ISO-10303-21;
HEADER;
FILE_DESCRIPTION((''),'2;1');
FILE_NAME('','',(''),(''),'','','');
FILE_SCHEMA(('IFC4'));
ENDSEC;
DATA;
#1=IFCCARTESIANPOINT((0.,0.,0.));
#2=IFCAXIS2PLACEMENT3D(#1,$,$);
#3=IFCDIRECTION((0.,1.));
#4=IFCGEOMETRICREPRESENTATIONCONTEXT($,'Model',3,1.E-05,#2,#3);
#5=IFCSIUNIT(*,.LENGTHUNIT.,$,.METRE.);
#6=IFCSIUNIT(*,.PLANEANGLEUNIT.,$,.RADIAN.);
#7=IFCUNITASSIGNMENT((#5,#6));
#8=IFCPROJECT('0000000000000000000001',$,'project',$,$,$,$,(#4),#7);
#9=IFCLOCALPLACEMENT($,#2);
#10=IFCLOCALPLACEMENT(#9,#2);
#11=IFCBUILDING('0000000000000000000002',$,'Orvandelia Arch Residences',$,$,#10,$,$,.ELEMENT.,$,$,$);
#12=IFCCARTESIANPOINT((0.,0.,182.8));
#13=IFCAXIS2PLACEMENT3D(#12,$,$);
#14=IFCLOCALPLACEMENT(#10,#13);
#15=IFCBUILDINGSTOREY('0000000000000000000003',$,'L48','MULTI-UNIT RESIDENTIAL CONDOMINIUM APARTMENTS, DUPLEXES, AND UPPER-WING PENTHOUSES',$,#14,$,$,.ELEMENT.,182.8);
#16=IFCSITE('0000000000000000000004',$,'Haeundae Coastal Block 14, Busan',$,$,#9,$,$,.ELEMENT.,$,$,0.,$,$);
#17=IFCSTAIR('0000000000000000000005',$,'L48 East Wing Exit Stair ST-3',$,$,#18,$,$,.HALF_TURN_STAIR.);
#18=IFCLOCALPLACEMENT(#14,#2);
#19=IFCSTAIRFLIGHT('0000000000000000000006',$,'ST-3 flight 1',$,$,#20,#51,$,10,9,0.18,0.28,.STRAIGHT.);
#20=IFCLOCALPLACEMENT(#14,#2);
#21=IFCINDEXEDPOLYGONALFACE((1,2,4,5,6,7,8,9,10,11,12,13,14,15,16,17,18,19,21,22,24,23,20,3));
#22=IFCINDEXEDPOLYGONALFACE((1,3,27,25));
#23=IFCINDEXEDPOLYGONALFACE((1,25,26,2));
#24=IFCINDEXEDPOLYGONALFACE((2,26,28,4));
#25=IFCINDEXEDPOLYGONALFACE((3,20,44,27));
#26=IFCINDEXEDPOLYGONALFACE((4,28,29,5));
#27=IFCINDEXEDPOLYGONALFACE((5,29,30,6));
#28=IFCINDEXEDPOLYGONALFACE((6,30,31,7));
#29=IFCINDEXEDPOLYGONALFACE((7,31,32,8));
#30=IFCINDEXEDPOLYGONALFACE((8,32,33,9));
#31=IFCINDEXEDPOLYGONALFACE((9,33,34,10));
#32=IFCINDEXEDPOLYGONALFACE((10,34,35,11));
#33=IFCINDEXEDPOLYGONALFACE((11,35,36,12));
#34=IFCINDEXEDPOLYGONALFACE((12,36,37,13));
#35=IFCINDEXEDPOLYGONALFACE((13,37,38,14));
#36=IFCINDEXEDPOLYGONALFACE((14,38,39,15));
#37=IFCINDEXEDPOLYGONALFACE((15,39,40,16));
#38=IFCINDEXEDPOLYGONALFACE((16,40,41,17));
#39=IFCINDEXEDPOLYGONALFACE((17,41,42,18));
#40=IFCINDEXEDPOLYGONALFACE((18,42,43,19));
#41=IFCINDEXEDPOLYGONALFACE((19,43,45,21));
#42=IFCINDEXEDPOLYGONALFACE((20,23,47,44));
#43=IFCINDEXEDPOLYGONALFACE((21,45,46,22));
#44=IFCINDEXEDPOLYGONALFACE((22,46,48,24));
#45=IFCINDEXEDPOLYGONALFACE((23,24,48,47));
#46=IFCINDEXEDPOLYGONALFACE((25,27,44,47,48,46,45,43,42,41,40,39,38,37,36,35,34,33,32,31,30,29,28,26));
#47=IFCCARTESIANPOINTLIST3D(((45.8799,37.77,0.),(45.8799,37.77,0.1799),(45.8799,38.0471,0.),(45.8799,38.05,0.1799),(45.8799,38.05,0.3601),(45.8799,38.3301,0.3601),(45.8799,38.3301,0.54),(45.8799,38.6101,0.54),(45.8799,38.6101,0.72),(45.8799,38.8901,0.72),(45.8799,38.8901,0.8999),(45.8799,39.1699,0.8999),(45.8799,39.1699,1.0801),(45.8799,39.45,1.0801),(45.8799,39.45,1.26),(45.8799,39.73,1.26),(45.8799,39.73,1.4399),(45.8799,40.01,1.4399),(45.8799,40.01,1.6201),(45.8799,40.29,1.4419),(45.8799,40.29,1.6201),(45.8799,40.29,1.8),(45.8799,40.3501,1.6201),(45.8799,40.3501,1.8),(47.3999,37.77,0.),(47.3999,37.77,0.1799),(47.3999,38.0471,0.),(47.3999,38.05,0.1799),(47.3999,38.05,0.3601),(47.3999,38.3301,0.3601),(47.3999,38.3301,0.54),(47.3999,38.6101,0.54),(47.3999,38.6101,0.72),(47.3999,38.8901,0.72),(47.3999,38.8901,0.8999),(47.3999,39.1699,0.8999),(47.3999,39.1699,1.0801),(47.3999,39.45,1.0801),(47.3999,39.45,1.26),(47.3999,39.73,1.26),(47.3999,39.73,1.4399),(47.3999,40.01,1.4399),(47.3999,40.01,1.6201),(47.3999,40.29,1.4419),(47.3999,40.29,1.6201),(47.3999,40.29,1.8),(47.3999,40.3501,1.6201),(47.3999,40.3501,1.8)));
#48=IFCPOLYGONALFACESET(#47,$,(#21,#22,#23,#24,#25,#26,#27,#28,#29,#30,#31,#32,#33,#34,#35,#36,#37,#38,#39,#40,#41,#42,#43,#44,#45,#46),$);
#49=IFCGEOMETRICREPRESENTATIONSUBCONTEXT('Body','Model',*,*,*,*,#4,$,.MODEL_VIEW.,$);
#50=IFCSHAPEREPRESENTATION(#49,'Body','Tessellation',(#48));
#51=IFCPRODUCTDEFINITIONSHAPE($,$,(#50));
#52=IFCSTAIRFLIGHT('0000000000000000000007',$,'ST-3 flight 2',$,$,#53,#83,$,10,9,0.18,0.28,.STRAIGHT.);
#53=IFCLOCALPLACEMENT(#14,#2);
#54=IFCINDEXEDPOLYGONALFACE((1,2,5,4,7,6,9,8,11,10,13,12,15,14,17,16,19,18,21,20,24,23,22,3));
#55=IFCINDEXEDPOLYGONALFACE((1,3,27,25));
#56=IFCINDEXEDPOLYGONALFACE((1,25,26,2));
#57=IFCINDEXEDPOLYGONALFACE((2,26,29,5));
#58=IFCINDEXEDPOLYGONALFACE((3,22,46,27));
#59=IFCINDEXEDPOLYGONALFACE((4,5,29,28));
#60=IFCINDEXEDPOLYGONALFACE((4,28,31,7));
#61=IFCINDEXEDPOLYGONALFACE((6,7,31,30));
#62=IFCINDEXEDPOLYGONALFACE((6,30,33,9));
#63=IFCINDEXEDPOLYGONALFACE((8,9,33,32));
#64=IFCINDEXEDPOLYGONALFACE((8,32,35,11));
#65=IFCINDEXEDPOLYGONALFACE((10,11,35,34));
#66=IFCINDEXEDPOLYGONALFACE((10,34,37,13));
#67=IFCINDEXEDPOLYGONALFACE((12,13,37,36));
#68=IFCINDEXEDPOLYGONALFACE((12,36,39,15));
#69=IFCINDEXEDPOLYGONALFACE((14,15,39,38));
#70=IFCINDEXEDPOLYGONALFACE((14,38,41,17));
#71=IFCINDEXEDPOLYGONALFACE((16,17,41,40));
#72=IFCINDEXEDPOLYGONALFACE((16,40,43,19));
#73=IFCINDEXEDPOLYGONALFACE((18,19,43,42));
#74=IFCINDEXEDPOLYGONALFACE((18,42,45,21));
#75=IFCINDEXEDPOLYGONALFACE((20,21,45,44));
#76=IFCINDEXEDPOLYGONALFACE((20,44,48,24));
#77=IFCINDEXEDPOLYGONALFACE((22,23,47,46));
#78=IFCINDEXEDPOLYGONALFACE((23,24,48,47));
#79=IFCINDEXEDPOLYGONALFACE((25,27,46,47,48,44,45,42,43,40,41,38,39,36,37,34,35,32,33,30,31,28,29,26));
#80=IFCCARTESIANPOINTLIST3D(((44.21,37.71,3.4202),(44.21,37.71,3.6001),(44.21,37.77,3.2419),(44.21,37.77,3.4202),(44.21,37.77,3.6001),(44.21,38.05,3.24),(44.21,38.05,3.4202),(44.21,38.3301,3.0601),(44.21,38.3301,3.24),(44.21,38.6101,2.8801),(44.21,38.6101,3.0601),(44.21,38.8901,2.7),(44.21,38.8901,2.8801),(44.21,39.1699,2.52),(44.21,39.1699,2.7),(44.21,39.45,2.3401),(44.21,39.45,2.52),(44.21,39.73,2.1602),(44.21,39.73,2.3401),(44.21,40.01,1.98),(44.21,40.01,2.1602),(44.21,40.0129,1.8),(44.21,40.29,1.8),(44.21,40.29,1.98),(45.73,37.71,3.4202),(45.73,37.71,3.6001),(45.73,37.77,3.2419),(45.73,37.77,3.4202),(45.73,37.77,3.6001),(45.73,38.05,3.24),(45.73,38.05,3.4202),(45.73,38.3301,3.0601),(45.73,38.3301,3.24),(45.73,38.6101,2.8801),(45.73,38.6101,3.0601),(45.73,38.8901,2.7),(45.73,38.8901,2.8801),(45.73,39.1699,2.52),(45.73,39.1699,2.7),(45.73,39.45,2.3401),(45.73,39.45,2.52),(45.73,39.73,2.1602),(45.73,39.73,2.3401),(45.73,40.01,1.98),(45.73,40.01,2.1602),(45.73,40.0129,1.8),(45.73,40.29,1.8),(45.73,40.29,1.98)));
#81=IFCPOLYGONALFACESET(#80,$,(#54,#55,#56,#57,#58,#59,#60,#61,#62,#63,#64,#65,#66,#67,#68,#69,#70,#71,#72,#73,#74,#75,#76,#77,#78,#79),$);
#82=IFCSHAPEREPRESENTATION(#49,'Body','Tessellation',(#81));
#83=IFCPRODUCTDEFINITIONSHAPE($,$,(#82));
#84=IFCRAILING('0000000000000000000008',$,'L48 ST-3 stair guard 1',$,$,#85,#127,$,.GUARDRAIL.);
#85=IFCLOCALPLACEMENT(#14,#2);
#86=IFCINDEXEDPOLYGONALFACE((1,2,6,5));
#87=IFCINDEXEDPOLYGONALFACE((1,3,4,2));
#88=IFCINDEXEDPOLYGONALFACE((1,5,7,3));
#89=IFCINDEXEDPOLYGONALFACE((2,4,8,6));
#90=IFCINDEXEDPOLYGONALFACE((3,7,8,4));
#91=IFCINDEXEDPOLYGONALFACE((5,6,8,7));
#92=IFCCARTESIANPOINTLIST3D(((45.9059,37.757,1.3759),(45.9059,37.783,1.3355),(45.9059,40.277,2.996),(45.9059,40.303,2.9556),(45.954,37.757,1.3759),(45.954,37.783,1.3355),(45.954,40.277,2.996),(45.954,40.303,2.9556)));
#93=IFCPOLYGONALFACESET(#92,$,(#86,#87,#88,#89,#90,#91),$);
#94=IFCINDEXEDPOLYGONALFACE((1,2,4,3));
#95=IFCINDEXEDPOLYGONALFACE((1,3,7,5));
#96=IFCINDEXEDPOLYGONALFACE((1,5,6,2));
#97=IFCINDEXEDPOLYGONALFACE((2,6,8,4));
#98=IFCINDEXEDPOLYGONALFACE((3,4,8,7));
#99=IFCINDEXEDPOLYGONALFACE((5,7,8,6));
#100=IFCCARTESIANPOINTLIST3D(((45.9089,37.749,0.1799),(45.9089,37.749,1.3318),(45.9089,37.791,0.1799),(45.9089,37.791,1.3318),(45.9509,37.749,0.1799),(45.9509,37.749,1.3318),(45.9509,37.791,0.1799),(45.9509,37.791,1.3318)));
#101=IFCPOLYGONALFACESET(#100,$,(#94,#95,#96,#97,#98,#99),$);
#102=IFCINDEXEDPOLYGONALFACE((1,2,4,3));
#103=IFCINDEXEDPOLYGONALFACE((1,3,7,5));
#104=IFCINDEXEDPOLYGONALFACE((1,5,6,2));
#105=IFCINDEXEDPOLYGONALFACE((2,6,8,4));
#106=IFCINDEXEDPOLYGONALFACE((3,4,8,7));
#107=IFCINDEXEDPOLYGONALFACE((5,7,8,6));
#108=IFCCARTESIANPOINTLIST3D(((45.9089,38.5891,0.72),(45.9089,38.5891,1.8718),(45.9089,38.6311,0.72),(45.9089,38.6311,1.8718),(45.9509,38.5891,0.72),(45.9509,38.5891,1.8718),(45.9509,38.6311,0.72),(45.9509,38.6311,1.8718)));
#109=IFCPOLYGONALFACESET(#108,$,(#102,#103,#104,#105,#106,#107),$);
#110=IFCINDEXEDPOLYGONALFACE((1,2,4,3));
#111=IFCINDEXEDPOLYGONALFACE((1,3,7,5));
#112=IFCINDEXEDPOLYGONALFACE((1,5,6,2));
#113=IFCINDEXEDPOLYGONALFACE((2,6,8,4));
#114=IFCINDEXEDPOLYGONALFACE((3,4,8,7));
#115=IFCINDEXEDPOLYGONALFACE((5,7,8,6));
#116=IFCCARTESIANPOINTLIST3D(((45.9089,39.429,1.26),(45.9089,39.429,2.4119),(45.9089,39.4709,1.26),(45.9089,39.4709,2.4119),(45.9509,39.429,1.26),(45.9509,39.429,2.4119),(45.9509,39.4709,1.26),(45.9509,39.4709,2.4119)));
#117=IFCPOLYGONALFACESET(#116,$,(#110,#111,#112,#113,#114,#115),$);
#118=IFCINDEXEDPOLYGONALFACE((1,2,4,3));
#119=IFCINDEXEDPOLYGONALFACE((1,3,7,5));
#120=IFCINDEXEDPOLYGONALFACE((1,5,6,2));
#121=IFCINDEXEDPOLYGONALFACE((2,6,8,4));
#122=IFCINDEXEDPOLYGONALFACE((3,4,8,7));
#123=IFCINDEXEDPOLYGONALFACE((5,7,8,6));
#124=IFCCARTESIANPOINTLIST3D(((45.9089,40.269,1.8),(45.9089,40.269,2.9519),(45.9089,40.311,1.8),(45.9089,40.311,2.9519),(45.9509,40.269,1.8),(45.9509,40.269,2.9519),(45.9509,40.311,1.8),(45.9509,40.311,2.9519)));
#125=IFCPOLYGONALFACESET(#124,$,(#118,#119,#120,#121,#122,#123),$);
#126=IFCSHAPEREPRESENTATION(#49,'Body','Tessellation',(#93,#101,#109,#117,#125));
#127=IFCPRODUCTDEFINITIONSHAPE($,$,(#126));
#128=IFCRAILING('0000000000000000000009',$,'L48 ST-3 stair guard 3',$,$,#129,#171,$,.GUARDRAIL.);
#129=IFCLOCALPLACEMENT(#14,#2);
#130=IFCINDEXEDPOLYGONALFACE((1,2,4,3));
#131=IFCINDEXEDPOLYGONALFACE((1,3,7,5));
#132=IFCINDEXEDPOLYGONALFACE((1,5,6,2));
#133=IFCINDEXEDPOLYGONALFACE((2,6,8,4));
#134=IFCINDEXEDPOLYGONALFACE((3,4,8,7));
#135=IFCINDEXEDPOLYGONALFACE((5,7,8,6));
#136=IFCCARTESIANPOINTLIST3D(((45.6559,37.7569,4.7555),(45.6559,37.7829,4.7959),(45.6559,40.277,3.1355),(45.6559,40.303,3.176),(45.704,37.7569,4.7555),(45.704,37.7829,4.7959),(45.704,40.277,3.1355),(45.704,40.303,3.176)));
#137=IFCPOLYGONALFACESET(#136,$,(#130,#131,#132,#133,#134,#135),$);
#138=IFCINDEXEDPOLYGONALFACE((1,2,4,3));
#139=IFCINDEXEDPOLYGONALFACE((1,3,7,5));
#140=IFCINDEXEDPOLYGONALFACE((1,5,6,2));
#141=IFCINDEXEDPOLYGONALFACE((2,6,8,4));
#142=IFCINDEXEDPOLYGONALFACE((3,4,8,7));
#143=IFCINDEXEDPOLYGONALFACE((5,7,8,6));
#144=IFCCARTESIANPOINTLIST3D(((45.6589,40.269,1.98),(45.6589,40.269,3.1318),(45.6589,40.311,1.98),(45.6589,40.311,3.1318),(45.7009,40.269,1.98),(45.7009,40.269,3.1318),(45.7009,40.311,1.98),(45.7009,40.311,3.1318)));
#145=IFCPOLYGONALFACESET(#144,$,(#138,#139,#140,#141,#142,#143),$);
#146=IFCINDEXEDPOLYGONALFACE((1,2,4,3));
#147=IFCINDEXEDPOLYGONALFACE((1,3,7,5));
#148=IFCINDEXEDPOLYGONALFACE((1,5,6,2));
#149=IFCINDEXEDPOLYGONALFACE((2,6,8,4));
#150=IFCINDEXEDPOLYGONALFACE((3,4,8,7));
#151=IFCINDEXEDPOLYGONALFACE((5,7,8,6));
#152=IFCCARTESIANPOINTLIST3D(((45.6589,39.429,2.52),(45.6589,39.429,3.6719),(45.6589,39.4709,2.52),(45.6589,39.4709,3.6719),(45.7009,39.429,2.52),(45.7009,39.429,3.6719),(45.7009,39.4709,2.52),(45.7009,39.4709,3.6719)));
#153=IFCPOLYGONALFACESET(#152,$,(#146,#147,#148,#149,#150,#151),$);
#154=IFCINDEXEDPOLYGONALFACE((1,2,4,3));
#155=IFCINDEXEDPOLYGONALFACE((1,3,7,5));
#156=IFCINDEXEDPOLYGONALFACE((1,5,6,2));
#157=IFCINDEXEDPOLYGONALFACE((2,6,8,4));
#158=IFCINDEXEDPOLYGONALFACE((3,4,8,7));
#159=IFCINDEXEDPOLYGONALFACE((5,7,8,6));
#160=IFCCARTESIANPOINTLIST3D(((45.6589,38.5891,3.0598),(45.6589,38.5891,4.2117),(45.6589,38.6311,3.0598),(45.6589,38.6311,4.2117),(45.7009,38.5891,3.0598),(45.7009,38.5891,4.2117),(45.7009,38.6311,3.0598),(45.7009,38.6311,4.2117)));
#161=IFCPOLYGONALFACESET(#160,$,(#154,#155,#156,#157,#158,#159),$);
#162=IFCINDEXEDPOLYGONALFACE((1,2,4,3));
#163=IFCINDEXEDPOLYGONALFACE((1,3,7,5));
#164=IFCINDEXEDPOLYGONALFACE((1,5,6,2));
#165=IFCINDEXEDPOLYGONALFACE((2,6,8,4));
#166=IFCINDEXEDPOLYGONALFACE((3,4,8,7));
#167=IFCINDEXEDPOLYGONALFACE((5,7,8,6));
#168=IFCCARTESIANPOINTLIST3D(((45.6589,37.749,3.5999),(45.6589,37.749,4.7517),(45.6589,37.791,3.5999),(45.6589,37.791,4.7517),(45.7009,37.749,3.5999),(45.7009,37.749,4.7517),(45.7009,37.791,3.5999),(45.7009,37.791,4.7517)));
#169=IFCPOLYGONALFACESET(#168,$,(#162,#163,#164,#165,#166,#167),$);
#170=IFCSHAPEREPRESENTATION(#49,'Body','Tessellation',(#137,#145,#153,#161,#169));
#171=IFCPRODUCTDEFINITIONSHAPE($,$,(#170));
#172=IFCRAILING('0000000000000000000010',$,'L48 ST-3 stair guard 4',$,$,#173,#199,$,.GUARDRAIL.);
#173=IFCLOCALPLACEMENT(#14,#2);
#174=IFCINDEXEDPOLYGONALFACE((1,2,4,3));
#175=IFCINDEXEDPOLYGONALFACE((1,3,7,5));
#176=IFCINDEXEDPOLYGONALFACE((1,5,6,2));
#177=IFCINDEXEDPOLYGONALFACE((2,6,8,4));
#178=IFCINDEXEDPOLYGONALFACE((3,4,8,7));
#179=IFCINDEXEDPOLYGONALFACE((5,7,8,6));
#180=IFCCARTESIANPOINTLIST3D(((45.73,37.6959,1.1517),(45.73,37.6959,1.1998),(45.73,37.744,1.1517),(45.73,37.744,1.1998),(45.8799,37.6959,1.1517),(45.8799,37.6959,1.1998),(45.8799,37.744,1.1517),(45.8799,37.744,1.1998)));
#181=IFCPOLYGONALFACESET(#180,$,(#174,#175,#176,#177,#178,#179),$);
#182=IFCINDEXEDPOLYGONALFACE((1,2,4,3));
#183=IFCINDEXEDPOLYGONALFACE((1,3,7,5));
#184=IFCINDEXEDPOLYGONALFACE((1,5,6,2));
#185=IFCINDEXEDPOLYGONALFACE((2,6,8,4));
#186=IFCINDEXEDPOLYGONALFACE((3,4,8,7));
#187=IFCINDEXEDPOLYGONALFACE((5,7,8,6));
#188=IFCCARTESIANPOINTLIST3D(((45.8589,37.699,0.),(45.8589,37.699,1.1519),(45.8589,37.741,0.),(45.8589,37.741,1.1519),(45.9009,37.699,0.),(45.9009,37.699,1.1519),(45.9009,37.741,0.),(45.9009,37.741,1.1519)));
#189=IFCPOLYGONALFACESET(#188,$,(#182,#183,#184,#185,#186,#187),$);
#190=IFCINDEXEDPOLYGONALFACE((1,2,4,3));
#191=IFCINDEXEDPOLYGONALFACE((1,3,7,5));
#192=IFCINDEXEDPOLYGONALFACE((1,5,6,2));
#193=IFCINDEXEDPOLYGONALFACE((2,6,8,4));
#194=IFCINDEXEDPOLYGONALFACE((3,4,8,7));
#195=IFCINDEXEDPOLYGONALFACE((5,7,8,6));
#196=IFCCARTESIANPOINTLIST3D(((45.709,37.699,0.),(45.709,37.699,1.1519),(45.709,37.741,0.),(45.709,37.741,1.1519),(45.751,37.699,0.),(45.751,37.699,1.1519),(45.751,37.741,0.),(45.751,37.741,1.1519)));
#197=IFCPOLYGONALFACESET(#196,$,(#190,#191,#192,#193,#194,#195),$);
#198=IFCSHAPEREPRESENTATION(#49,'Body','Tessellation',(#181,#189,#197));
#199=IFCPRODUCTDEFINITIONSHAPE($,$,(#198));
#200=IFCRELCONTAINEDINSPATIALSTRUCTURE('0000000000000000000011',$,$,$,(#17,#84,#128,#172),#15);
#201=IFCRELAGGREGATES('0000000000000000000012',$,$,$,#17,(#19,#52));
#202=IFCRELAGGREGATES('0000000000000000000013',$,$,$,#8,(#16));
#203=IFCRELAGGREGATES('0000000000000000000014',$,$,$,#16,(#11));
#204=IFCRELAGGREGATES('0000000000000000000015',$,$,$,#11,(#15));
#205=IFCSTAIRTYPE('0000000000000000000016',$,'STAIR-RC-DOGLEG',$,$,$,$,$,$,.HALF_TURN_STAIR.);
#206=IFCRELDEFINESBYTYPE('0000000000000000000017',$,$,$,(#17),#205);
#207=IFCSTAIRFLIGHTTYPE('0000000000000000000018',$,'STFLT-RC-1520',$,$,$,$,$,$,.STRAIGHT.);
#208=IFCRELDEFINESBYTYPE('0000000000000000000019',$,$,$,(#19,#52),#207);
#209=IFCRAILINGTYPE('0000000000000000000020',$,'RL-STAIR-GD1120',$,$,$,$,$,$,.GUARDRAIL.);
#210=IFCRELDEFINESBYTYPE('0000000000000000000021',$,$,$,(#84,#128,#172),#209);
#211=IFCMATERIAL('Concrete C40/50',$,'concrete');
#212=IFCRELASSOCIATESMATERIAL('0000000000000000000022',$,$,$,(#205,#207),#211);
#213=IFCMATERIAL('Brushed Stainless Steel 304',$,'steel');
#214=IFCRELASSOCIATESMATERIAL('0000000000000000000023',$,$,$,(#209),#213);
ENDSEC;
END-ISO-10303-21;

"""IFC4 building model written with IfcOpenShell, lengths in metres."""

from ifc_helpers import new_model, si_unit, direction, frame, origin, origin_2d, place, context, subcontext, project, spatial, polyline, rectangle, outline, extrude, material, type_object, element, aggregate, save


model = new_model("IFC4")

# Units and contexts
model_context = context("Model", 3, precision=1e-05, world=origin(), true_north=direction((0.0, 1.0)))
body_context = subcontext(model_context, "Body", "Model", "MODEL_VIEW")
ifc_project = project(units=[si_unit("LENGTHUNIT", "METRE"), si_unit("PLANEANGLEUNIT", "RADIAN")], contexts=[model_context])

# Site, building, storey
site_placement = place(None, origin())
site = spatial("IfcSite", under=ifc_project, at=site_placement, Name="Haeundae Coastal Block 14, Busan", CompositionType="ELEMENT", RefElevation=0.0)
building_placement = place(site_placement, origin())
building = spatial("IfcBuilding", under=site, at=building_placement, Name="Orvandelia Arch Residences", CompositionType="ELEMENT")
storey_placement = place(building_placement, frame((0.0, 0.0, 182.8)))
storey = spatial("IfcBuildingStorey", under=building, at=storey_placement, Name="L48", Description="MULTI-UNIT RESIDENTIAL CONDOMINIUM APARTMENTS, DUPLEXES, AND UPPER-WING PENTHOUSES", CompositionType="ELEMENT", Elevation=182.8)

# Stair, stair flights
ifc_material_1 = material(Name="Concrete C40/50", Category="concrete")
stair_type = type_object("IfcStairType", Name="STAIR-RC-DOGLEG", PredefinedType="HALF_TURN_STAIR", material=ifc_material_1)
stair_placement = place(storey_placement, origin())
stair = element("IfcStair", 1, at=stair_placement, inside=storey, type_object=stair_type, Name="L48 East Wing Exit Stair ST-3", PredefinedType="HALF_TURN_STAIR")
stair_flight_type = type_object("IfcStairFlightType", Name="STFLT-RC-1520", PredefinedType="STRAIGHT", material=ifc_material_1)
stair_flight_1_placement = place(storey_placement, frame((46.6399, 37.77, 0.0), z_axis=(0.0, 0.0, 1.0), x_axis=(0.0, 1.0, 0.0)))
stair_flight_1 = element("IfcStairFlight", 2, at=stair_flight_1_placement, type_object=stair_flight_type, Name="ST-3 flight 1", NumberOfRisers=10, NumberOfTreads=9, PredefinedType="STRAIGHT", RiserHeight=0.18, TreadLength=0.28, context=body_context, shape_type="SweptSolid", body=[
    extrude(outline(polyline([(0.0, 0.0), (0.0, 0.1799), (0.28, 0.1799), (0.28, 0.3601), (0.5601, 0.3601), (0.5601, 0.54), (0.8401, 0.54), (0.8401, 0.72), (1.1201, 0.72), (1.1201, 0.8999), (1.3999, 0.8999), (1.3999, 1.0801), (1.6799, 1.0801), (1.6799, 1.26), (1.96, 1.26), (1.96, 1.4399), (2.24, 1.4399), (2.24, 1.6201), (2.52, 1.6201), (2.52, 1.8), (2.5801, 1.8), (2.5801, 1.6201), (2.52, 1.4419), (0.2771, 0.0), (0.0, 0.0)])), frame((0.0, 0.76, 0.0), z_axis=(0.0, -1.0, 0.0), x_axis=(1.0, 0.0, 0.0)), (0.0, 0.0, 1.0), 1.52),
])
stair_flight_2_placement = place(storey_placement, frame((44.97, 40.29, 1.8), z_axis=(0.0, 0.0, 1.0), x_axis=(0.0, -1.0, 0.0)))
stair_flight_2 = element("IfcStairFlight", 3, at=stair_flight_2_placement, type_object=stair_flight_type, Name="ST-3 flight 2", NumberOfRisers=10, NumberOfTreads=9, PredefinedType="STRAIGHT", RiserHeight=0.18, TreadLength=0.28, context=body_context, shape_type="SweptSolid", body=[
    extrude(outline(polyline([(0.0, 0.0), (0.0, 0.1799), (0.28, 0.1799), (0.28, 0.3601), (0.5601, 0.3601), (0.5601, 0.54), (0.8401, 0.54), (0.8401, 0.72), (1.1201, 0.72), (1.1201, 0.8999), (1.3999, 0.8999), (1.3999, 1.0801), (1.6799, 1.0801), (1.6799, 1.26), (1.96, 1.26), (1.96, 1.4399), (2.24, 1.4399), (2.24, 1.6201), (2.52, 1.6201), (2.52, 1.8), (2.5801, 1.8), (2.5801, 1.6201), (2.52, 1.4419), (0.2771, 0.0), (0.0, 0.0)])), frame((0.0, 0.76, 0.0), z_axis=(0.0, -1.0, 0.0), x_axis=(1.0, 0.0, 0.0)), (0.0, 0.0, 1.0), 1.52),
])
aggregate(stair, [stair_flight_1, stair_flight_2])

# Railings
ifc_material_2 = material(Name="Brushed Stainless Steel 304", Category="steel")
railing_type_1 = type_object("IfcRailingType", Name="RL-STAIR-GD1120", PredefinedType="GUARDRAIL", material=ifc_material_2)
railing_1_placement = place(storey_placement, frame((45.9299, 37.77, 0.1799)))
element("IfcRailing", 4, at=railing_1_placement, inside=storey, type_object=railing_type_1, Name="L48 ST-3 stair guard 1", PredefinedType="GUARDRAIL", context=body_context, shape_type="SweptSolid", body=[
    extrude(rectangle(XDim=0.0481, YDim=0.0481, at=origin_2d()), frame((0.0, 0.0, 1.1758), z_axis=(0.0, 0.841163, 0.540782), x_axis=(-1.0, 0.0, 0.0)), (0.0, 0.0, 1.0), 2.9958),
    extrude(rectangle(XDim=0.042, YDim=0.042, at=origin_2d()), origin(), (0.0, 0.0, 1.0), 1.1519),
    extrude(rectangle(XDim=0.042, YDim=0.042, at=origin_2d()), frame((0.0, 0.8401, 0.54)), (0.0, 0.0, 1.0), 1.1519),
    extrude(rectangle(XDim=0.042, YDim=0.042, at=origin_2d()), frame((0.0, 1.6799, 1.0801)), (0.0, 0.0, 1.0), 1.1519),
    extrude(rectangle(XDim=0.042, YDim=0.042, at=origin_2d()), frame((0.0, 2.52, 1.6201)), (0.0, 0.0, 1.0), 1.1519),
])
railing_2_placement = place(storey_placement, frame((45.6799, 40.29, 1.98)))
element("IfcRailing", 5, at=railing_2_placement, inside=storey, type_object=railing_type_1, Name="L48 ST-3 stair guard 3", PredefinedType="GUARDRAIL", context=body_context, shape_type="SweptSolid", body=[
    extrude(rectangle(XDim=0.0481, YDim=0.0481, at=origin_2d()), frame((0.0, 0.0, 1.1758), z_axis=(0.0, -0.8412, 0.540725), x_axis=(1.0, 0.0, 0.0)), (0.0, 0.0, 1.0), 2.9958),
    extrude(rectangle(XDim=0.042, YDim=0.042, at=origin_2d()), origin(), (0.0, 0.0, 1.0), 1.1519),
    extrude(rectangle(XDim=0.042, YDim=0.042, at=origin_2d()), frame((0.0, -0.8401, 0.54)), (0.0, 0.0, 1.0), 1.1519),
    extrude(rectangle(XDim=0.042, YDim=0.042, at=origin_2d()), frame((0.0, -1.6799, 1.0798)), (0.0, 0.0, 1.0), 1.1519),
    extrude(rectangle(XDim=0.042, YDim=0.042, at=origin_2d()), frame((0.0, -2.52, 1.6199)), (0.0, 0.0, 1.0), 1.1519),
])
railing_3_placement = place(storey_placement, frame((45.8799, 37.72, 0.0)))
element("IfcRailing", 6, at=railing_3_placement, inside=storey, type_object=railing_type_1, Name="L48 ST-3 stair guard 4", PredefinedType="GUARDRAIL", context=body_context, shape_type="SweptSolid", body=[
    extrude(rectangle(XDim=0.0481, YDim=0.0481, at=origin_2d()), frame((0.0, 0.0, 1.1758), z_axis=(-1.0, 0.0, 0.0), x_axis=(0.0, -1.0, 0.0)), (0.0, 0.0, 1.0), 0.1499),
    extrude(rectangle(XDim=0.042, YDim=0.042, at=origin_2d()), origin(), (0.0, 0.0, 1.0), 1.1519),
    extrude(rectangle(XDim=0.042, YDim=0.042, at=origin_2d()), frame((-0.1499, 0.0, 0.0)), (0.0, 0.0, 1.0), 1.1519),
])

save(model, "model.ifc")
